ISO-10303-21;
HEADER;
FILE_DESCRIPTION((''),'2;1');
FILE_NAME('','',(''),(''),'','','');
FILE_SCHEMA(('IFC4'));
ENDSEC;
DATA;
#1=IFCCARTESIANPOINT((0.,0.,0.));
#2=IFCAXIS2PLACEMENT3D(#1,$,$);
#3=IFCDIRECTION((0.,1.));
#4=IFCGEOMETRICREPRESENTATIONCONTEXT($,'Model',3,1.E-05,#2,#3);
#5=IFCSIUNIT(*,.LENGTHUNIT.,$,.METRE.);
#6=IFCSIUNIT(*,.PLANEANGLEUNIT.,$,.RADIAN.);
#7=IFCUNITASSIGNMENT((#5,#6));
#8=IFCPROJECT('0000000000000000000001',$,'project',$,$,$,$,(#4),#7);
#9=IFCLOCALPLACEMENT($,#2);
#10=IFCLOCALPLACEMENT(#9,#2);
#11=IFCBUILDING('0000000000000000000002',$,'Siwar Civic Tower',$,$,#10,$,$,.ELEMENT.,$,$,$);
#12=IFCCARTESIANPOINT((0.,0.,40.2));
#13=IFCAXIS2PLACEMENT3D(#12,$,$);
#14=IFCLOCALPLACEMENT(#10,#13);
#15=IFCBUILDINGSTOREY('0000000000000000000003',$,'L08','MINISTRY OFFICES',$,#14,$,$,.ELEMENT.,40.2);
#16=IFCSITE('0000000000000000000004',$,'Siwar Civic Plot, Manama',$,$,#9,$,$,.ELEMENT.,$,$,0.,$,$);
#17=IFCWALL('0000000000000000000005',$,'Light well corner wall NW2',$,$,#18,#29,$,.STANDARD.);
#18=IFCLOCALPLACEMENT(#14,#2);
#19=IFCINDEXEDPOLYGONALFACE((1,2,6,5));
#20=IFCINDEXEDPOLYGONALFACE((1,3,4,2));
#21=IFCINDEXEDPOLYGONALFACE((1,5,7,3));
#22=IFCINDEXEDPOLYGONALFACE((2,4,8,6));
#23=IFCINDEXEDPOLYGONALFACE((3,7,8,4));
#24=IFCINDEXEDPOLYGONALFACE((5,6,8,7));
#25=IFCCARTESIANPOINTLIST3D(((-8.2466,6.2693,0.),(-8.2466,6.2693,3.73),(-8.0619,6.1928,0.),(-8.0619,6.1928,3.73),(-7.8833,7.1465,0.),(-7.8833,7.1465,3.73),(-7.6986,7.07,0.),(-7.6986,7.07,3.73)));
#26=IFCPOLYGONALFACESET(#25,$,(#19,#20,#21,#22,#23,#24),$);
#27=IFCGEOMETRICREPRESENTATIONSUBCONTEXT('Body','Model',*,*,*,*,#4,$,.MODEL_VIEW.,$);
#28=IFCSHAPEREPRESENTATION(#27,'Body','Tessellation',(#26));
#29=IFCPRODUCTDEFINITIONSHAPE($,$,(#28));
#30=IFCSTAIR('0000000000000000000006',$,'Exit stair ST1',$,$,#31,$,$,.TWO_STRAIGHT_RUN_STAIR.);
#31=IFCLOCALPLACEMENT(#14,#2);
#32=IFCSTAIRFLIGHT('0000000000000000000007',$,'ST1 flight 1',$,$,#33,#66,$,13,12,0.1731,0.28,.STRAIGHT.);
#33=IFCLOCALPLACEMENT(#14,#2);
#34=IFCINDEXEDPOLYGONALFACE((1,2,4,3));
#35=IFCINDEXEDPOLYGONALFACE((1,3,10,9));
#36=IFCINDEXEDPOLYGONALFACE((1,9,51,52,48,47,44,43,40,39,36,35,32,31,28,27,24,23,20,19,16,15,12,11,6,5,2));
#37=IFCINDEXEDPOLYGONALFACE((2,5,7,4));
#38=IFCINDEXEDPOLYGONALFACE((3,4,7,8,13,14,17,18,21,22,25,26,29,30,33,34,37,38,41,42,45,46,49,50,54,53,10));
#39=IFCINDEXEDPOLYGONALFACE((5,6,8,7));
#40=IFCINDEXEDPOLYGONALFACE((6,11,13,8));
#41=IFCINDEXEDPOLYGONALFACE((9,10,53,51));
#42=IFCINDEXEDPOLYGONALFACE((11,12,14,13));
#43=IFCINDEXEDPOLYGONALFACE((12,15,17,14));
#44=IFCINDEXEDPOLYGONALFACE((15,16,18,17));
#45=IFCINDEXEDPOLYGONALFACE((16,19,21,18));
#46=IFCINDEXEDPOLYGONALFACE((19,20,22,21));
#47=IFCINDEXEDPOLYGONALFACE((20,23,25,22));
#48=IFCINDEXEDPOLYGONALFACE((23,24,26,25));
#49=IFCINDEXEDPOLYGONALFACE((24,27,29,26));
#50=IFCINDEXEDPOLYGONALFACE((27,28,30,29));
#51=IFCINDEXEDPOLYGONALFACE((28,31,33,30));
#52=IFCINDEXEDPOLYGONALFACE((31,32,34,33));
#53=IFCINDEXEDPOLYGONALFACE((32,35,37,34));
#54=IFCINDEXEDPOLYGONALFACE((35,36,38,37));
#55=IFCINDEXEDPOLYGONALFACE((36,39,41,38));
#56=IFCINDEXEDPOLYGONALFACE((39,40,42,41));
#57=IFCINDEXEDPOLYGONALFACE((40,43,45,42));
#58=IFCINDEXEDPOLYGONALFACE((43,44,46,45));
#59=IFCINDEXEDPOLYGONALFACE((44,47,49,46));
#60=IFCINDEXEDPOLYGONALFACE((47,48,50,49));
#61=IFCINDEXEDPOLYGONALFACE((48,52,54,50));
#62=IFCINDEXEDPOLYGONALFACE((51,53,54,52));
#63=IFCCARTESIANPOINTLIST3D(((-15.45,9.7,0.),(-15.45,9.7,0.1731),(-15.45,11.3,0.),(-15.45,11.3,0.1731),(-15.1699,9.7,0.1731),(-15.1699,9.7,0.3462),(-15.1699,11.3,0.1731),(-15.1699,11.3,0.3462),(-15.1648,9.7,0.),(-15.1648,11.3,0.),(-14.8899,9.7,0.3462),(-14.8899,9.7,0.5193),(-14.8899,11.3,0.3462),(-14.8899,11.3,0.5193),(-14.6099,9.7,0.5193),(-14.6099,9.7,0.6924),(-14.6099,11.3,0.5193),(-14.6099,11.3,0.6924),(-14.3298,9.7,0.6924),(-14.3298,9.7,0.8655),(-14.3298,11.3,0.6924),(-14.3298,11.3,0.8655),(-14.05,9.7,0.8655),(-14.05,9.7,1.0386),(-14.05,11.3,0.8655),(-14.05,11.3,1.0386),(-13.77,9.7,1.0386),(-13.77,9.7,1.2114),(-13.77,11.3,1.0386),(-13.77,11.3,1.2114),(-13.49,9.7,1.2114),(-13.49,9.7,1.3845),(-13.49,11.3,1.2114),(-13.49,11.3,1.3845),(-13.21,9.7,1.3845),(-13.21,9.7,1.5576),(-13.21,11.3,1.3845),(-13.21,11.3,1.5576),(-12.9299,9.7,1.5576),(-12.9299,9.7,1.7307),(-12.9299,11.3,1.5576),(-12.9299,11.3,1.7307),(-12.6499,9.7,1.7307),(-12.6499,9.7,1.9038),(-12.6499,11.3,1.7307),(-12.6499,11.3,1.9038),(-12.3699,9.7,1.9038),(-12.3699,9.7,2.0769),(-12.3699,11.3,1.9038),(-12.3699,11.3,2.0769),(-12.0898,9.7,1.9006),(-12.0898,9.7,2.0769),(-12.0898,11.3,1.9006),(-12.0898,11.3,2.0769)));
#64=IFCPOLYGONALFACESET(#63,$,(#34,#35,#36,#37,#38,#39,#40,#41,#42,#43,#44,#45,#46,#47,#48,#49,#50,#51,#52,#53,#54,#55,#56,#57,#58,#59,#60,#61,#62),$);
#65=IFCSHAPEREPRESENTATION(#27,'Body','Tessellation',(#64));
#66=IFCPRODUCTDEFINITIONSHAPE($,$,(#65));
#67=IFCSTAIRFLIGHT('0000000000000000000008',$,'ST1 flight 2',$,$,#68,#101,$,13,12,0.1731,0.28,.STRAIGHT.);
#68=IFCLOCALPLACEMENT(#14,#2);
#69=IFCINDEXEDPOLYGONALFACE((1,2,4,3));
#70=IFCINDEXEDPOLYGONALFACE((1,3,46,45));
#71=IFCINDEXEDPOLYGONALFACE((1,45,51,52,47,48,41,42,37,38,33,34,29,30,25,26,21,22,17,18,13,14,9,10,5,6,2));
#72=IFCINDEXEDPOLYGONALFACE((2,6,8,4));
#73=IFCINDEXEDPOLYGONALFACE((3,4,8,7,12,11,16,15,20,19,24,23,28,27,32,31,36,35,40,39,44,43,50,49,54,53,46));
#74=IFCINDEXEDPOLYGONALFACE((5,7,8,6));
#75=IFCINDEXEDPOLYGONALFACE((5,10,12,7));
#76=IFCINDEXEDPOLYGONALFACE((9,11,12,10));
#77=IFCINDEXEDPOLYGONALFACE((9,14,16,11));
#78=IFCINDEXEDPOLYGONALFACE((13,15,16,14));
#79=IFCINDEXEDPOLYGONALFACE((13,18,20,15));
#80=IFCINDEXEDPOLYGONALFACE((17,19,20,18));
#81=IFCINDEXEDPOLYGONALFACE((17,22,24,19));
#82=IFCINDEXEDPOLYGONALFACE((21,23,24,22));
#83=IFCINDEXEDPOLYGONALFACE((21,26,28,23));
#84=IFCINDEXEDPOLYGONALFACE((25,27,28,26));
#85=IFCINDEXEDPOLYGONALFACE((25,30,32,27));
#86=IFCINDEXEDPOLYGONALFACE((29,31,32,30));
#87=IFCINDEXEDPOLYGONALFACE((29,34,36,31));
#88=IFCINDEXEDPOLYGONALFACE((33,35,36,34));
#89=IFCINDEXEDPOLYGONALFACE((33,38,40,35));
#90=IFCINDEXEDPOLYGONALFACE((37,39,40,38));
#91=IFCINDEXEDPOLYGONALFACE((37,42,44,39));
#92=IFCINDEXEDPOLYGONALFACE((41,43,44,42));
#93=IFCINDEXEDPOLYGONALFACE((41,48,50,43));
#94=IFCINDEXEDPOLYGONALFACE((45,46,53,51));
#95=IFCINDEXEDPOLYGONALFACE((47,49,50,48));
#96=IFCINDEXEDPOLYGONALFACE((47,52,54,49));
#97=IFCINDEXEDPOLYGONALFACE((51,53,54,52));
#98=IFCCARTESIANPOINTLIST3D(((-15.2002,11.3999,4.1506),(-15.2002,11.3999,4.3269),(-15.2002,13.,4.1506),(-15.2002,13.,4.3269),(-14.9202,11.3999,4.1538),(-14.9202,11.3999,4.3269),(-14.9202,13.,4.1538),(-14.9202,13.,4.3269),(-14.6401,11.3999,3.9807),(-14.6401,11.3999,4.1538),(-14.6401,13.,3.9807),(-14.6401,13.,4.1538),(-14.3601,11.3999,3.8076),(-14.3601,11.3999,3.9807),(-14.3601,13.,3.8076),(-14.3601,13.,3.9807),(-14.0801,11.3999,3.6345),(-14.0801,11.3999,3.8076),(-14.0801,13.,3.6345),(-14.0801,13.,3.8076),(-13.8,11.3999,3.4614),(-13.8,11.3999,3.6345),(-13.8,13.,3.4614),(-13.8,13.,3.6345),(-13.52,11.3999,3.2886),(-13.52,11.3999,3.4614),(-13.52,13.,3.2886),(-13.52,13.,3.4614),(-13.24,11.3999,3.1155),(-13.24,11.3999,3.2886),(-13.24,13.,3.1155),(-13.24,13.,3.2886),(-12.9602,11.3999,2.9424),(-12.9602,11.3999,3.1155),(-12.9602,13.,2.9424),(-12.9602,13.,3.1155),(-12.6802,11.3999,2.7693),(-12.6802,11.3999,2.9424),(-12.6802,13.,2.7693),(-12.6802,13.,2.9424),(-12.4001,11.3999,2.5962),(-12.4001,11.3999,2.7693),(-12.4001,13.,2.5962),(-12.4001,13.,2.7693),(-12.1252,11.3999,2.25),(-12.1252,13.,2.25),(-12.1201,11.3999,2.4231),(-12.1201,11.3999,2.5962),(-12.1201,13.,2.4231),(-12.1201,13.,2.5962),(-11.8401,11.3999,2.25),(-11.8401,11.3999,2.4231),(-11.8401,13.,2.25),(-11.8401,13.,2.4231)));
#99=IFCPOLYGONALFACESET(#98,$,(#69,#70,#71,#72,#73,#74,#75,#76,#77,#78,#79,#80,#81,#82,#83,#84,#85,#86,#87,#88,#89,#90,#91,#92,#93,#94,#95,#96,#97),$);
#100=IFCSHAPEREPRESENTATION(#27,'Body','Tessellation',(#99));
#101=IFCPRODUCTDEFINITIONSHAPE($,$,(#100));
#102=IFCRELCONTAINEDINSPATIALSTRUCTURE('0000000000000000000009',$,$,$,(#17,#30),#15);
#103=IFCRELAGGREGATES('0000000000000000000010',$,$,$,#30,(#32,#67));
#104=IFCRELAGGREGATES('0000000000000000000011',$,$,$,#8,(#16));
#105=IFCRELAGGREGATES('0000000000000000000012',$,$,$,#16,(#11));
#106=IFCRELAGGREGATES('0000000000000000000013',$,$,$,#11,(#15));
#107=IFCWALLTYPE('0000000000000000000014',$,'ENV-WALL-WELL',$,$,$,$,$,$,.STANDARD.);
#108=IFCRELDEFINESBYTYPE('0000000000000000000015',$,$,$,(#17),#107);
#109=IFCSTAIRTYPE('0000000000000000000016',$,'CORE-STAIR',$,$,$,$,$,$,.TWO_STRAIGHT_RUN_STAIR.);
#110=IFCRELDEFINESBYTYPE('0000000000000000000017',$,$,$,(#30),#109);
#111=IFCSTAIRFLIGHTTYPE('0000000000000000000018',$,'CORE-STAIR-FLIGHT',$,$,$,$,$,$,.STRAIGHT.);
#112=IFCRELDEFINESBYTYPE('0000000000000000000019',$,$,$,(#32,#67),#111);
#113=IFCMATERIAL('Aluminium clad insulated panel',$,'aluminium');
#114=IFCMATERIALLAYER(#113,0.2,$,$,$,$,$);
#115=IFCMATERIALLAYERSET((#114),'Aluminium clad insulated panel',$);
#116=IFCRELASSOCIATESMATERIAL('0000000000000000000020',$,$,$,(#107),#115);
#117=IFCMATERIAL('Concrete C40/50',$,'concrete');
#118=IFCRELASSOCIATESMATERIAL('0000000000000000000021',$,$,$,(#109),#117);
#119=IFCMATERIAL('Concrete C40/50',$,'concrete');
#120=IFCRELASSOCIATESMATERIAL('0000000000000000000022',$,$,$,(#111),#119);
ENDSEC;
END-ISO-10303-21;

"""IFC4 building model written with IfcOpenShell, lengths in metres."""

from ifc_helpers import new_model, si_unit, direction, frame, frame_2d, origin, place, context, subcontext, project, spatial, polyline, rectangle, outline, extrude, material, layer, layer_set, type_object, element, aggregate, save


model = new_model("IFC4")

# Units and contexts
model_context = context("Model", 3, precision=1e-05, world=origin(), true_north=direction((0.0, 1.0)))
body_context = subcontext(model_context, "Body", "Model", "MODEL_VIEW")
ifc_project = project(units=[si_unit("LENGTHUNIT", "METRE"), si_unit("PLANEANGLEUNIT", "RADIAN")], contexts=[model_context])

# Site, building, storey
site_placement = place(None, origin())
site = spatial("IfcSite", under=ifc_project, at=site_placement, Name="Siwar Civic Plot, Manama", CompositionType="ELEMENT", RefElevation=0.0)
building_placement = place(site_placement, origin())
building = spatial("IfcBuilding", under=site, at=building_placement, Name="Siwar Civic Tower", CompositionType="ELEMENT")
storey_placement = place(building_placement, frame((0.0, 0.0, 40.2)))
storey = spatial("IfcBuildingStorey", under=building, at=storey_placement, Name="L08", Description="MINISTRY OFFICES", CompositionType="ELEMENT", Elevation=40.2)

# Wall
ifc_material_1 = material(Name="Aluminium clad insulated panel", Category="aluminium")
ifc_layer_1 = layer(ifc_material_1, 0.2)
ifc_layer_set_1 = layer_set([ifc_layer_1], Name="Aluminium clad insulated panel")
wall_type_1 = type_object("IfcWallType", Name="ENV-WALL-WELL", PredefinedType="STANDARD", material=ifc_layer_set_1)
wall_1_placement = place(storey_placement, frame((-7.791, 7.1082, 0.0), z_axis=(0.0, 0.0, 1.0), x_axis=(-0.382624, -0.923904, 0.0)))
element("IfcWall", 1, at=wall_1_placement, inside=storey, type_object=wall_type_1, Name="Light well corner wall NW2", PredefinedType="STANDARD", context=body_context, shape_type="SweptSolid", body=[
    extrude(rectangle(XDim=0.9495, YDim=0.2, at=frame_2d((0.4746, 0.0))), origin(), (0.0, 0.0, 1.0), 3.73),
])

# Stair, stair flights
ifc_material_2 = material(Name="Concrete C40/50", Category="concrete")
stair_type = type_object("IfcStairType", Name="CORE-STAIR", PredefinedType="TWO_STRAIGHT_RUN_STAIR", material=ifc_material_2)
stair_placement = place(storey_placement, origin())
stair = element("IfcStair", 2, at=stair_placement, inside=storey, type_object=stair_type, Name="Exit stair ST1", PredefinedType="TWO_STRAIGHT_RUN_STAIR")
ifc_material_3 = material(Name="Concrete C40/50", Category="concrete")
stair_flight_type = type_object("IfcStairFlightType", Name="CORE-STAIR-FLIGHT", PredefinedType="STRAIGHT", material=ifc_material_3)
stair_flight_1_placement = place(storey_placement, frame((-15.45, 10.5, 0.0), z_axis=(0.0, 0.0, 1.0), x_axis=(1.0, 0.0, 0.0)))
stair_flight_1 = element("IfcStairFlight", 3, at=stair_flight_1_placement, type_object=stair_flight_type, Name="ST1 flight 1", NumberOfRisers=13, NumberOfTreads=12, PredefinedType="STRAIGHT", RiserHeight=0.1731, TreadLength=0.28, context=body_context, shape_type="SweptSolid", body=[
    extrude(outline(polyline([(0.0, 0.0), (0.0, 0.1731), (0.28, 0.1731), (0.28, 0.3462), (0.5601, 0.3462), (0.5601, 0.5193), (0.8401, 0.5193), (0.8401, 0.6924), (1.1201, 0.6924), (1.1201, 0.8655), (1.3999, 0.8655), (1.3999, 1.0386), (1.6799, 1.0386), (1.6799, 1.2114), (1.96, 1.2114), (1.96, 1.3845), (2.24, 1.3845), (2.24, 1.5576), (2.52, 1.5576), (2.52, 1.7307), (2.8, 1.7307), (2.8, 1.9038), (3.0801, 1.9038), (3.0801, 2.0769), (3.3601, 2.0769), (3.3601, 2.25), (3.3601, 1.9006), (0.2852, 0.0), (0.0, 0.0)])), frame((0.0, 0.8, 0.0), z_axis=(0.0, -1.0, 0.0), x_axis=(1.0, 0.0, 0.0)), (0.0, 0.0, 1.0), 1.6001),
])
stair_flight_2_placement = place(storey_placement, frame((-11.8401, 12.2, 2.25), z_axis=(0.0, 0.0, 1.0), x_axis=(-1.0, 0.0, 0.0)))
stair_flight_2 = element("IfcStairFlight", 4, at=stair_flight_2_placement, type_object=stair_flight_type, Name="ST1 flight 2", NumberOfRisers=13, NumberOfTreads=12, PredefinedType="STRAIGHT", RiserHeight=0.1731, TreadLength=0.28, context=body_context, shape_type="SweptSolid", body=[
    extrude(outline(polyline([(0.0, 0.0), (0.0, 0.1731), (0.28, 0.1731), (0.28, 0.3462), (0.5601, 0.3462), (0.5601, 0.5193), (0.8401, 0.5193), (0.8401, 0.6924), (1.1201, 0.6924), (1.1201, 0.8655), (1.3999, 0.8655), (1.3999, 1.0386), (1.6799, 1.0386), (1.6799, 1.2114), (1.96, 1.2114), (1.96, 1.3845), (2.24, 1.3845), (2.24, 1.5576), (2.52, 1.5576), (2.52, 1.7307), (2.8, 1.7307), (2.8, 1.9038), (3.0801, 1.9038), (3.0801, 2.0769), (3.3601, 2.0769), (3.3601, 2.25), (3.3601, 1.9006), (0.2852, 0.0), (0.0, 0.0)])), frame((0.0, 0.8, 0.0), z_axis=(0.0, -1.0, 0.0), x_axis=(1.0, 0.0, 0.0)), (0.0, 0.0, 1.0), 1.6001),
])
aggregate(stair, [stair_flight_1, stair_flight_2])

save(model, "model.ifc")
